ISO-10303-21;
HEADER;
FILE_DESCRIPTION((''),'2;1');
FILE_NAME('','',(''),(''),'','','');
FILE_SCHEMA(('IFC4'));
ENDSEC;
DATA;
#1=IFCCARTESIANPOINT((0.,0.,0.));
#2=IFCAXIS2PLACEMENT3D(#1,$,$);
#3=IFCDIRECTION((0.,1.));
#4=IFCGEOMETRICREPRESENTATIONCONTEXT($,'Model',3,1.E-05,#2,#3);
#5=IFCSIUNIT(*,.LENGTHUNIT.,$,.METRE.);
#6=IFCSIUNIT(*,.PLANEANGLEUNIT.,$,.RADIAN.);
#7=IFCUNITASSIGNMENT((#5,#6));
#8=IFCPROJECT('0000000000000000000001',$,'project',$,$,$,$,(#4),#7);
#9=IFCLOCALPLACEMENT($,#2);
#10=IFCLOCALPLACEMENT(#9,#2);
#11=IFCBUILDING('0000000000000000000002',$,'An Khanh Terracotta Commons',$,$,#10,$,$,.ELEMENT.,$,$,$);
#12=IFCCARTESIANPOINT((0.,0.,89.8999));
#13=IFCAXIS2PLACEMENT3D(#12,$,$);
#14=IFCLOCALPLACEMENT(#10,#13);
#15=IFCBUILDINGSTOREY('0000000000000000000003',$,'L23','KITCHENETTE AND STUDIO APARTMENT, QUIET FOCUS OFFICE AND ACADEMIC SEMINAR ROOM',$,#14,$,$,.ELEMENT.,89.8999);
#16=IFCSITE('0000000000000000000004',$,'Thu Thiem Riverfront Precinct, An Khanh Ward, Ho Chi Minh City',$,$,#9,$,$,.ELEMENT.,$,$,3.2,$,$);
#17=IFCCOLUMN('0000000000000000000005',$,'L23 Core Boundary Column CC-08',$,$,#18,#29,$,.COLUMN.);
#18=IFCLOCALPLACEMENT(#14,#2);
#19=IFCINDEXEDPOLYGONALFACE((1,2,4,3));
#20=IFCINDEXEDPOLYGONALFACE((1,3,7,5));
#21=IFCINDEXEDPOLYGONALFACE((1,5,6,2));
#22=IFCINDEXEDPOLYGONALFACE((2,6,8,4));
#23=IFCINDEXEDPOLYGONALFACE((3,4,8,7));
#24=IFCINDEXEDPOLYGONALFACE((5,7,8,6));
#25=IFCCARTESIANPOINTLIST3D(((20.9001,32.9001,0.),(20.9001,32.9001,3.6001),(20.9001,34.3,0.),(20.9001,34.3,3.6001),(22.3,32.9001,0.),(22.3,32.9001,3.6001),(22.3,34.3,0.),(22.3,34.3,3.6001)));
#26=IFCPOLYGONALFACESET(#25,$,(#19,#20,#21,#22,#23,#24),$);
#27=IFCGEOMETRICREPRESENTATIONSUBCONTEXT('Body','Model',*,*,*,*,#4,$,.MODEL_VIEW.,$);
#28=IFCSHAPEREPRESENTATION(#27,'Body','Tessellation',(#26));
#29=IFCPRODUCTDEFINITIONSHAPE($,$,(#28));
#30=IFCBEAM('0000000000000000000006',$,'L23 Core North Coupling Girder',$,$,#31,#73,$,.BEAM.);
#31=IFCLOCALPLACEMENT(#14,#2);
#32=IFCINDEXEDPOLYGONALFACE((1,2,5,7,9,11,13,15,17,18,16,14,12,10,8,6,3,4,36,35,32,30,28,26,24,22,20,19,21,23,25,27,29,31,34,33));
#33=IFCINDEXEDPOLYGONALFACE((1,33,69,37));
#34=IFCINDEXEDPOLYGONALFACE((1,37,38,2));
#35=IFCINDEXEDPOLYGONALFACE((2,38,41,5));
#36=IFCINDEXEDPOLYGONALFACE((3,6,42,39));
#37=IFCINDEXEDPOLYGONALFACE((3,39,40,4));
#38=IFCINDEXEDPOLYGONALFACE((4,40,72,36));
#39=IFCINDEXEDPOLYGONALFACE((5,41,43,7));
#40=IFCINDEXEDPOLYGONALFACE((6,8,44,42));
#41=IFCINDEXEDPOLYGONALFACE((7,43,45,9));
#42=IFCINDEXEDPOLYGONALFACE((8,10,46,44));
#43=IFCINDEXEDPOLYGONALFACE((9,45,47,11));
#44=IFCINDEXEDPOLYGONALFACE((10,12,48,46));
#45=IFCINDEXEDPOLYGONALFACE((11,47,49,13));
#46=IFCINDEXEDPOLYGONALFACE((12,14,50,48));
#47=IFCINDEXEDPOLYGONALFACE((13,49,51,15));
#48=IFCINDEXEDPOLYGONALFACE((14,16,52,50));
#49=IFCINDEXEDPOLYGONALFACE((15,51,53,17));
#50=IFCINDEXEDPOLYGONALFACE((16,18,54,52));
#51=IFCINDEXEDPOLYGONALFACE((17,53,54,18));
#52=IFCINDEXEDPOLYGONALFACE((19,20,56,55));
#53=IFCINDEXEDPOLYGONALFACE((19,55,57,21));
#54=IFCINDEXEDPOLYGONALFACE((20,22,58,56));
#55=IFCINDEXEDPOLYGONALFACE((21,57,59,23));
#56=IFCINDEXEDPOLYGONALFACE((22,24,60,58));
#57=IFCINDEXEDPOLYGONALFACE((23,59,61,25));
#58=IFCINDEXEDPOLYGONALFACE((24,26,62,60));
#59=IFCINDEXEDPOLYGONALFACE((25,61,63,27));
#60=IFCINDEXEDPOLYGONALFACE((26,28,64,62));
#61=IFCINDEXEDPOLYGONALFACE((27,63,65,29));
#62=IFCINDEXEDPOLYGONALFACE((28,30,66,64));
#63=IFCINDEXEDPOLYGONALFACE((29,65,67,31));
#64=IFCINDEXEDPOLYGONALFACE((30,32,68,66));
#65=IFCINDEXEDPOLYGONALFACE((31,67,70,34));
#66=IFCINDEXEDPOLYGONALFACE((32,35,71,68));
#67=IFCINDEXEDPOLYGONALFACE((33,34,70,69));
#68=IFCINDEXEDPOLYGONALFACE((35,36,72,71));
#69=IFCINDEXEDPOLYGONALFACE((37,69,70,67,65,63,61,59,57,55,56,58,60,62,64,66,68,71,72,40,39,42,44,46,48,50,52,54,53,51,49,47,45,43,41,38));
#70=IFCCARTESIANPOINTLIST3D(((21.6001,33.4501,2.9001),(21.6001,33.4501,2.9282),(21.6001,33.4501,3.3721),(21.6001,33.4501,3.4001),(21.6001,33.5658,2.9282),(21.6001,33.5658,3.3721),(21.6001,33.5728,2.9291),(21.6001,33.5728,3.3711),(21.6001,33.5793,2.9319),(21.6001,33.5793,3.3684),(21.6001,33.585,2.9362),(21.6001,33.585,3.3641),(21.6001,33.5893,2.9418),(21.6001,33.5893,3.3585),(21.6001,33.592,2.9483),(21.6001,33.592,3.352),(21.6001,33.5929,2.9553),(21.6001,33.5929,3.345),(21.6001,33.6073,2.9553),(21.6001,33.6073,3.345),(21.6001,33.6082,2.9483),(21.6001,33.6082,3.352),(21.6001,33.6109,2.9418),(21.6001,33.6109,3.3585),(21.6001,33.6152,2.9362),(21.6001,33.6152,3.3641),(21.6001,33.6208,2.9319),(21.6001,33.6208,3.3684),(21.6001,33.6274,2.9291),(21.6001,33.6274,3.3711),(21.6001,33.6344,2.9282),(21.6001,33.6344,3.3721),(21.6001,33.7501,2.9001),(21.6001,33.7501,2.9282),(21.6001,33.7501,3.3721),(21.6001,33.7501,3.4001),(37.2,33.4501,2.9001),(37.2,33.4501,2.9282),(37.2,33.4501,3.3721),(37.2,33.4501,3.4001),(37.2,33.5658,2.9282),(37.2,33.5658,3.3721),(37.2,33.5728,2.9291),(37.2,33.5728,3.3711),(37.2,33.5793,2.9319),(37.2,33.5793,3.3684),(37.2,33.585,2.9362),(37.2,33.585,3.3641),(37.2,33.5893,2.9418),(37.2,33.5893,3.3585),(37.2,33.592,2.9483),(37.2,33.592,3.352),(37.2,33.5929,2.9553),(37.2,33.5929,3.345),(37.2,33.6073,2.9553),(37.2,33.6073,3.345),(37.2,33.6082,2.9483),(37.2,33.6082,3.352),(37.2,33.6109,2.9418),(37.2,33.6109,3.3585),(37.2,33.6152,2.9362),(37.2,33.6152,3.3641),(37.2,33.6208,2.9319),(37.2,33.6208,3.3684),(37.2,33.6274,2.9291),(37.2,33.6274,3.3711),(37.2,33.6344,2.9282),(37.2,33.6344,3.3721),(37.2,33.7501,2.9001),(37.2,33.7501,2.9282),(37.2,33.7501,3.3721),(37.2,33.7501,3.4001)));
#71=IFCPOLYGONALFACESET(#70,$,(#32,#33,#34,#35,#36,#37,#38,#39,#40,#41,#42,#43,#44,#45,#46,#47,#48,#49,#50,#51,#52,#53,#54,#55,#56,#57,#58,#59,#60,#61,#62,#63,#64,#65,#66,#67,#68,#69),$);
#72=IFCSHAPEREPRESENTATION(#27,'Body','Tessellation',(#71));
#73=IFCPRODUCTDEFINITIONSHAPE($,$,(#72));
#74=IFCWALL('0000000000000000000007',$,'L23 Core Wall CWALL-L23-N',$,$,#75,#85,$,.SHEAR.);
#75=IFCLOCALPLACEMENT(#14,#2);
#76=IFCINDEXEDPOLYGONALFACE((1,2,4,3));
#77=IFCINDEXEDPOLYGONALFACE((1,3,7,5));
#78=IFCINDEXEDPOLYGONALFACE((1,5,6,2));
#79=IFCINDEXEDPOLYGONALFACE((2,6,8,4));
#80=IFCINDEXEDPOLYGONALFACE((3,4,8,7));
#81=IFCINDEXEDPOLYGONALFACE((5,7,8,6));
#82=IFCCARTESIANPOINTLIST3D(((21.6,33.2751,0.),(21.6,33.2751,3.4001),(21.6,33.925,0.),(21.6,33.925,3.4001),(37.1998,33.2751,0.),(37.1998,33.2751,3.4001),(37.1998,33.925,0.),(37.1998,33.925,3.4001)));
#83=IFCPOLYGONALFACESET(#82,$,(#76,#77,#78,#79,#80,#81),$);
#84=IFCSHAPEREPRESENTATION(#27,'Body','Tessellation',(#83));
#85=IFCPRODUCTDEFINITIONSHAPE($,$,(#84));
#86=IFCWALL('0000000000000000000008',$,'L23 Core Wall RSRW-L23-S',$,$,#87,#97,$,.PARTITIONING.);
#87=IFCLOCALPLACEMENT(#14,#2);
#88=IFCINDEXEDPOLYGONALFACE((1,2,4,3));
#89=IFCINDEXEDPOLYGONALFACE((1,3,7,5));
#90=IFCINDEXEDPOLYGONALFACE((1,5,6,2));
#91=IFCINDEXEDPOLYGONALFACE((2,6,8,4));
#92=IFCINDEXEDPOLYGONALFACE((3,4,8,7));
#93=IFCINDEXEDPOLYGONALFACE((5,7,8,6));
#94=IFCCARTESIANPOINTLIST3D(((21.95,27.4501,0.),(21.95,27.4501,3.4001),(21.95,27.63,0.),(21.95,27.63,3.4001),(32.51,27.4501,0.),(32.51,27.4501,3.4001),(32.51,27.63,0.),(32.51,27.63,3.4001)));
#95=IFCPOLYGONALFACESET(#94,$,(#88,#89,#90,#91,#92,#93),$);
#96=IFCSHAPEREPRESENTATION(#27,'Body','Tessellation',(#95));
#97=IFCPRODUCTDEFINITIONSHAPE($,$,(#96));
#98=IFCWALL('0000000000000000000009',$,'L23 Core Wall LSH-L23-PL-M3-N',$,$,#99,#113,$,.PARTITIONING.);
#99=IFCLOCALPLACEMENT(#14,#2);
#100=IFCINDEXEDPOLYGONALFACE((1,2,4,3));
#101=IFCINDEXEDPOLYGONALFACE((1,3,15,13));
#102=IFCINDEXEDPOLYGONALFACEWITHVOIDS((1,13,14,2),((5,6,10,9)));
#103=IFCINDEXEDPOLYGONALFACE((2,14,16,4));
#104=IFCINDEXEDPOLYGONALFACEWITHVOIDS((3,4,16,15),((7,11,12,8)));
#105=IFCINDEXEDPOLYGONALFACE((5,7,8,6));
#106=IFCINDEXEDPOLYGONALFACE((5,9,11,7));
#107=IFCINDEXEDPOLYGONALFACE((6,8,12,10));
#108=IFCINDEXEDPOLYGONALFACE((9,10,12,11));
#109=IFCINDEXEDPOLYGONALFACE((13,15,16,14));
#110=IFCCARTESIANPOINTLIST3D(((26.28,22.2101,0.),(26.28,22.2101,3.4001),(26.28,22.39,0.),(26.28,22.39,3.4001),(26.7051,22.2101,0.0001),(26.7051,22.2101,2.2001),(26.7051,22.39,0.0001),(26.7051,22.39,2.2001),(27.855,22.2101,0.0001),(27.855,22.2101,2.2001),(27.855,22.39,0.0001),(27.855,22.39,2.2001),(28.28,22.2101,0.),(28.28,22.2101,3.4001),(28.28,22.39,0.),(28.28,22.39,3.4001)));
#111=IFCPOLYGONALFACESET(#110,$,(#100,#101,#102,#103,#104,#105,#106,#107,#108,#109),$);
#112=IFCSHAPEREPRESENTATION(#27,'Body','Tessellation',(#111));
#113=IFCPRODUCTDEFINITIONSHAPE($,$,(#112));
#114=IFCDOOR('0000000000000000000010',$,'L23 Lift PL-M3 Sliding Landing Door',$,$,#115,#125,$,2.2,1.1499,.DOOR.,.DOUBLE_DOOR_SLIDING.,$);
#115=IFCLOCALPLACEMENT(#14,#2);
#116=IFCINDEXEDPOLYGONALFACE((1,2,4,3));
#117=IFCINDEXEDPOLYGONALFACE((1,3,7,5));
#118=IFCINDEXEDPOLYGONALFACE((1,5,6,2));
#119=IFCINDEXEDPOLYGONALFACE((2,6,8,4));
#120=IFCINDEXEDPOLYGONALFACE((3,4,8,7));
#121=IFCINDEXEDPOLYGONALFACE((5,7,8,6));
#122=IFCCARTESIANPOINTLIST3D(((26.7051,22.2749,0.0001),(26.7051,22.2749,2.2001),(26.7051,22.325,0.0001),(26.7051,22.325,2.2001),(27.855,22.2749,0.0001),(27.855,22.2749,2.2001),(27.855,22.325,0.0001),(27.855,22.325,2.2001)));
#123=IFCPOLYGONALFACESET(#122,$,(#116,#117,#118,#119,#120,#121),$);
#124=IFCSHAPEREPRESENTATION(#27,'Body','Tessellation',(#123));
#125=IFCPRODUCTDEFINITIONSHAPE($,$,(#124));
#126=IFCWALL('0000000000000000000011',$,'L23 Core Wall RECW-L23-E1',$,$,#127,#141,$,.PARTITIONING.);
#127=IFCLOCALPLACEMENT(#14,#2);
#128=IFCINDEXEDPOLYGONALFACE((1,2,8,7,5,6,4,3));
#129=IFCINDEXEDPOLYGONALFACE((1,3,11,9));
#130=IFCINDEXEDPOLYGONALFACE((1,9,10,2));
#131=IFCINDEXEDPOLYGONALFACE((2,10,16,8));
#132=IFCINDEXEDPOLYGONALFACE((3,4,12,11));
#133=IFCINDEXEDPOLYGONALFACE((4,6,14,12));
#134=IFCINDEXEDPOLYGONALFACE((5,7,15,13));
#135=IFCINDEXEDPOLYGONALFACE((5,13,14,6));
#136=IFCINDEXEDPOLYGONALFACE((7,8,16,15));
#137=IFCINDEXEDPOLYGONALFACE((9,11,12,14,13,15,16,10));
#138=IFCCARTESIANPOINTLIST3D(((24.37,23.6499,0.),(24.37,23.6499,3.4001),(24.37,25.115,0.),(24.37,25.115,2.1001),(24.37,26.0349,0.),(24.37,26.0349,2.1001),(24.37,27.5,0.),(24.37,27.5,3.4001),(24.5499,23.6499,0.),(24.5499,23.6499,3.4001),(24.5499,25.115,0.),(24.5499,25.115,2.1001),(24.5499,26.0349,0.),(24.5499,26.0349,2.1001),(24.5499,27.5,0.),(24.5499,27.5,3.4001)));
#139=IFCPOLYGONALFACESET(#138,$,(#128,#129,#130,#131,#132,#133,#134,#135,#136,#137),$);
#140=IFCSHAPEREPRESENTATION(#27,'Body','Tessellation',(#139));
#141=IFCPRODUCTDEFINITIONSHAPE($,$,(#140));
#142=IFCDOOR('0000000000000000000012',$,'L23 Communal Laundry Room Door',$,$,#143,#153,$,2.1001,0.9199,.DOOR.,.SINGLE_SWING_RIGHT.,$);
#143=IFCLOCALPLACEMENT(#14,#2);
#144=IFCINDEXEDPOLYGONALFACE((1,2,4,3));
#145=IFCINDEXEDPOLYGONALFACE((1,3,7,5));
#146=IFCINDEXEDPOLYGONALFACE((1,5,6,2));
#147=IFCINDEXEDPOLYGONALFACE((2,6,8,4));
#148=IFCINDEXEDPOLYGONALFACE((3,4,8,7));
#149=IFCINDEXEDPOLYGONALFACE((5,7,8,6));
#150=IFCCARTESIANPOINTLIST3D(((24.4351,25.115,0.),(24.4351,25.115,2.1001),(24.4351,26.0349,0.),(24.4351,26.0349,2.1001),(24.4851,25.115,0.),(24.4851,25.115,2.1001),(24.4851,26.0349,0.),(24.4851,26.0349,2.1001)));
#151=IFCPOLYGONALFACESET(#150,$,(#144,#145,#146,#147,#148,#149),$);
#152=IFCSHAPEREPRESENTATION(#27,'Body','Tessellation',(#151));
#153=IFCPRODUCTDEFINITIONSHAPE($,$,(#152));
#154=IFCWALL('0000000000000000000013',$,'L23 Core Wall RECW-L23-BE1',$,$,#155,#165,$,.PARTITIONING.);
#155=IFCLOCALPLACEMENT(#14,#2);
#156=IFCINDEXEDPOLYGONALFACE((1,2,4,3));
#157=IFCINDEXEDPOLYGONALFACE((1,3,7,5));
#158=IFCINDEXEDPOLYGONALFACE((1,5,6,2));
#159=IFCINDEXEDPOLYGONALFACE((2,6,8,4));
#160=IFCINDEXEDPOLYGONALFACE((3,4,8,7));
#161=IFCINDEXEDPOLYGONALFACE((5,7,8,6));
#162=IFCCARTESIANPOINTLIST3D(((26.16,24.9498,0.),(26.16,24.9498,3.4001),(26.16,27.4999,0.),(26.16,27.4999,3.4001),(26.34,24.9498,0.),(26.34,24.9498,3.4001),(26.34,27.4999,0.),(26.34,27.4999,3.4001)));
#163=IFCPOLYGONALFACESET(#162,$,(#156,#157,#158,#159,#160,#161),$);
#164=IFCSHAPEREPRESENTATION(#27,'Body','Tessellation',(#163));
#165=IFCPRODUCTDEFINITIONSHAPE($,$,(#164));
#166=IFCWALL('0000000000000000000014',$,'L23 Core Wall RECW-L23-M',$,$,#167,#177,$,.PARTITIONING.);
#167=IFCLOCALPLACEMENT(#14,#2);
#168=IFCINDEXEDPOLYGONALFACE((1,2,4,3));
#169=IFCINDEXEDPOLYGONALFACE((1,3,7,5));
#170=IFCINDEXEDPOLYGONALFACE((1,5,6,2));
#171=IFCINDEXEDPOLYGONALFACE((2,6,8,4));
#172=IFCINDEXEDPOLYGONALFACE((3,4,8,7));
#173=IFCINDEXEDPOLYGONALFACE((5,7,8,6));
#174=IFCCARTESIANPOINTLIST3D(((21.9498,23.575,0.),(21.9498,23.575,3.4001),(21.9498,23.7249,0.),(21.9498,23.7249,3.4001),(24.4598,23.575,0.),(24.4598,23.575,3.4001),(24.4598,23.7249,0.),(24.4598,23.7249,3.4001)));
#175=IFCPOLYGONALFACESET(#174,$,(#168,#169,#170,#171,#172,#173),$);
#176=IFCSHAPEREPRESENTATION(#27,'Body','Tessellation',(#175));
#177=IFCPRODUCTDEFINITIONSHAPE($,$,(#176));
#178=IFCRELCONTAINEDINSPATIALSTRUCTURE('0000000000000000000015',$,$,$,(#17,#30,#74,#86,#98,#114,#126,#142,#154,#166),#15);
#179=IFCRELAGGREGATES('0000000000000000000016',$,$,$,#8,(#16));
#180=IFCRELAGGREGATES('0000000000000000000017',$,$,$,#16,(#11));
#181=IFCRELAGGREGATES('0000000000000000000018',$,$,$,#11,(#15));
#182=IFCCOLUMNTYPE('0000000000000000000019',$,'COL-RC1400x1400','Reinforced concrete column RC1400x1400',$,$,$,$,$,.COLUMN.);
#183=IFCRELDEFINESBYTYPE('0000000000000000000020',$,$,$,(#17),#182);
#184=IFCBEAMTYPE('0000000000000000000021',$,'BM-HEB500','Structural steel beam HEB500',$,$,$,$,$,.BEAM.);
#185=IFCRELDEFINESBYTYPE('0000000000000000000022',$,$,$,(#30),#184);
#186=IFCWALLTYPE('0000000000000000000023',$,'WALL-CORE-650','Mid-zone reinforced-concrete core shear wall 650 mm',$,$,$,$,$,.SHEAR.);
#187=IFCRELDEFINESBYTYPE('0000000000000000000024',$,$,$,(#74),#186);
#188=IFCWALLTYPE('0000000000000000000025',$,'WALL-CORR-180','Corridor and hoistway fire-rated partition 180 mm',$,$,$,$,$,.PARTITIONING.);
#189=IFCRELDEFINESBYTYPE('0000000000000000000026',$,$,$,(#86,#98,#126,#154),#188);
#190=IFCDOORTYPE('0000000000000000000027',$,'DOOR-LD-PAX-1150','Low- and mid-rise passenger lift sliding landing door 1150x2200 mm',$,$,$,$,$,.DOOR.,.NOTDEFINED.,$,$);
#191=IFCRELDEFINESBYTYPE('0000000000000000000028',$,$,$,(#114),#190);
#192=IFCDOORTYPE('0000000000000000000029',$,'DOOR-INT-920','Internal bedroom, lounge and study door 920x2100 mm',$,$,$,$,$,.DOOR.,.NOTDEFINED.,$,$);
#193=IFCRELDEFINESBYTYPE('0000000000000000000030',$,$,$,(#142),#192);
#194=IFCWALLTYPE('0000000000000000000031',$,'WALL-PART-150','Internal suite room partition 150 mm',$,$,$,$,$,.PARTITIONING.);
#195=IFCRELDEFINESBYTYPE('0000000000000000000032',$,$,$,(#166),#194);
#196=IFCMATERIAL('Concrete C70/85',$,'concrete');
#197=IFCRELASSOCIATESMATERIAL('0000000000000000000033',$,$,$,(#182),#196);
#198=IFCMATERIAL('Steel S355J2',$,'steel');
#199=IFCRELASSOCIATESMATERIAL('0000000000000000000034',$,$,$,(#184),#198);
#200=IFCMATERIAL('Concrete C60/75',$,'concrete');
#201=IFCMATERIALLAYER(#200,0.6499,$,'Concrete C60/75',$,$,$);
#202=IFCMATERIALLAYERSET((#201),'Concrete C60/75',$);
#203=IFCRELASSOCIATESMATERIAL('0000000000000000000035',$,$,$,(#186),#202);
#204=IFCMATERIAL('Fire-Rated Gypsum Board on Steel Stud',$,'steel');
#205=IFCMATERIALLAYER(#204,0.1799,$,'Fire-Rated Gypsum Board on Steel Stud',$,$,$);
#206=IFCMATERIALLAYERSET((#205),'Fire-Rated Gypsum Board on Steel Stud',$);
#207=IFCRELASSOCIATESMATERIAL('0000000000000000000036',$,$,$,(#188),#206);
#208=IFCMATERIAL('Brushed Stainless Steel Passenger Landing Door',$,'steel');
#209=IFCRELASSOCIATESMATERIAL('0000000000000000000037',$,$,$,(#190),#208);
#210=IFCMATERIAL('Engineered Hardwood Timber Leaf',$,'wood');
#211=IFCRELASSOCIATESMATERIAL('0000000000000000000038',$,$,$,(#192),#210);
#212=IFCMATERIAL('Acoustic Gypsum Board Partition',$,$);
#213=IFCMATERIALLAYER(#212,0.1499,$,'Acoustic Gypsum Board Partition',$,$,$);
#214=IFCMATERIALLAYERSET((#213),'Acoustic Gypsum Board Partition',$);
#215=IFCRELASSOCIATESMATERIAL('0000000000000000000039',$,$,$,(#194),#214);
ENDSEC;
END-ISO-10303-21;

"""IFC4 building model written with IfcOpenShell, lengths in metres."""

from ifc_helpers import new_model, si_unit, direction, frame, frame_2d, origin, origin_2d, place, context, subcontext, project, spatial, rectangle, i_section, extrude, material, layer, layer_set, material_profile, profile_set, type_object, element, fill, save


model = new_model("IFC4")

# Units and contexts
model_context = context("Model", 3, precision=1e-05, world=origin(), true_north=direction((0.0, 1.0)))
body_context = subcontext(model_context, "Body", "Model", "MODEL_VIEW")
ifc_project = project(units=[si_unit("LENGTHUNIT", "METRE"), si_unit("PLANEANGLEUNIT", "RADIAN")], contexts=[model_context])

# Site, building, storey
site_placement = place(None, origin())
site = spatial("IfcSite", under=ifc_project, at=site_placement, Name="Thu Thiem Riverfront Precinct, An Khanh Ward, Ho Chi Minh City", CompositionType="ELEMENT", RefElevation=3.2)
building_placement = place(site_placement, origin())
building = spatial("IfcBuilding", under=site, at=building_placement, Name="An Khanh Terracotta Commons", CompositionType="ELEMENT")
storey_placement = place(building_placement, frame((0.0, 0.0, 89.8999)))
storey = spatial("IfcBuildingStorey", under=building, at=storey_placement, Name="L23", Description="KITCHENETTE AND STUDIO APARTMENT, QUIET FOCUS OFFICE AND ACADEMIC SEMINAR ROOM", CompositionType="ELEMENT", Elevation=89.8999)

# Column
ifc_material_1 = material(Name="Concrete C70/85", Category="concrete")
ifc_material_profile_1 = material_profile(ifc_material_1, rectangle(XDim=1.3999, YDim=1.3999, at=origin_2d()), Name="RC1400x1400")
ifc_profile_set_1 = profile_set([ifc_material_profile_1], Name="Concrete C70/85")
column_type = type_object("IfcColumnType", Name="COL-RC1400x1400", Description="Reinforced concrete column RC1400x1400", PredefinedType="COLUMN", material=ifc_profile_set_1)
column_placement = place(storey_placement, frame((21.6001, 33.6001, 0.0), z_axis=(0.0, 0.0, 1.0), x_axis=(1.0, 0.0, 0.0)))
element("IfcColumn", 1, at=column_placement, inside=storey, type_object=column_type, Name="L23 Core Boundary Column CC-08", PredefinedType="COLUMN", context=body_context, shape_type="SweptSolid", body=[
    extrude(rectangle(XDim=1.3999, YDim=1.3999, at=origin_2d()), origin(), (0.0, 0.0, 1.0), 3.6001),
])

# Beam
ifc_material_2 = material(Name="Steel S355J2", Category="steel")
ifc_material_profile_2 = material_profile(ifc_material_2, i_section(OverallWidth=0.3, OverallDepth=0.5, WebThickness=0.0144, FlangeThickness=0.0281, FilletRadius=0.0271, at=origin_2d()), Name="HEB500")
ifc_profile_set_2 = profile_set([ifc_material_profile_2], Name="Steel S355J2")
beam_type = type_object("IfcBeamType", Name="BM-HEB500", Description="Structural steel beam HEB500", PredefinedType="BEAM", material=ifc_profile_set_2)
beam_placement = place(storey_placement, frame((21.6001, 33.6001, 3.1501), z_axis=(1.0, 0.0, 0.0), x_axis=(0.0, 1.0, 0.0)))
element("IfcBeam", 2, at=beam_placement, inside=storey, type_object=beam_type, Name="L23 Core North Coupling Girder", PredefinedType="BEAM", context=body_context, shape_type="SweptSolid", body=[
    extrude(i_section(OverallWidth=0.3, OverallDepth=0.5, WebThickness=0.0144, FlangeThickness=0.0281, FilletRadius=0.0271, at=origin_2d()), origin(), (0.0, 0.0, 1.0), 15.5999),
])

# Walls
ifc_material_3 = material(Name="Concrete C60/75", Category="concrete")
ifc_layer_1 = layer(ifc_material_3, 0.6499, Name="Concrete C60/75")
ifc_layer_set_1 = layer_set([ifc_layer_1], Name="Concrete C60/75")
wall_type_1 = type_object("IfcWallType", Name="WALL-CORE-650", Description="Mid-zone reinforced-concrete core shear wall 650 mm", PredefinedType="SHEAR", material=ifc_layer_set_1)
wall_1_placement = place(storey_placement, frame((21.6001, 33.6001, 0.0), z_axis=(0.0, 0.0, 1.0), x_axis=(1.0, 0.0, 0.0)))
element("IfcWall", 3, at=wall_1_placement, inside=storey, type_object=wall_type_1, Name="L23 Core Wall CWALL-L23-N", PredefinedType="SHEAR", context=body_context, shape_type="SweptSolid", body=[
    extrude(rectangle(XDim=15.5999, YDim=0.6499, at=frame_2d((7.7998, 0.0))), origin(), (0.0, 0.0, 1.0), 3.4001),
])
ifc_material_4 = material(Name="Fire-Rated Gypsum Board on Steel Stud", Category="steel")
ifc_layer_2 = layer(ifc_material_4, 0.1799, Name="Fire-Rated Gypsum Board on Steel Stud")
ifc_layer_set_2 = layer_set([ifc_layer_2], Name="Fire-Rated Gypsum Board on Steel Stud")
wall_type_2 = type_object("IfcWallType", Name="WALL-CORR-180", Description="Corridor and hoistway fire-rated partition 180 mm", PredefinedType="PARTITIONING", material=ifc_layer_set_2)
wall_2_placement = place(storey_placement, frame((21.95, 27.54, 0.0), z_axis=(0.0, 0.0, 1.0), x_axis=(1.0, 0.0, 0.0)))
element("IfcWall", 4, at=wall_2_placement, inside=storey, type_object=wall_type_2, Name="L23 Core Wall RSRW-L23-S", PredefinedType="PARTITIONING", context=body_context, shape_type="SweptSolid", body=[
    extrude(rectangle(XDim=10.5601, YDim=0.1799, at=frame_2d((5.28, 0.0))), origin(), (0.0, 0.0, 1.0), 3.4001),
])

# Walls, openings, doors
wall_3_placement = place(storey_placement, frame((26.28, 22.3, 0.0), z_axis=(0.0, 0.0, 1.0), x_axis=(1.0, 0.0, 0.0)))
wall_3 = element("IfcWall", 5, at=wall_3_placement, inside=storey, type_object=wall_type_2, Name="L23 Core Wall LSH-L23-PL-M3-N", PredefinedType="PARTITIONING", context=body_context, shape_type="SweptSolid", body=[
    extrude(rectangle(XDim=2.0, YDim=0.1799, at=frame_2d((1.0, 0.0))), origin(), (0.0, 0.0, 1.0), 3.4001),
])
opening_1_placement = place(wall_3_placement, frame((0.425, 0.0, 0.0)))
opening_1 = element("IfcOpeningElement", 6, at=opening_1_placement, cuts=wall_3, PredefinedType="OPENING", context=body_context, shape_type="SweptSolid", body=[
    extrude(rectangle(XDim=1.1499, YDim=2.2, at=frame_2d((0.575, 1.1001))), frame((0.0, 0.0999, 0.0), z_axis=(0.0, -1.0, 0.0), x_axis=(1.0, 0.0, 0.0)), (0.0, 0.0, 1.0), 0.2),
])
ifc_material_5 = material(Name="Brushed Stainless Steel Passenger Landing Door", Category="steel")
door_type_1 = type_object("IfcDoorType", Name="DOOR-LD-PAX-1150", Description="Low- and mid-rise passenger lift sliding landing door 1150x2200 mm", OperationType="NOTDEFINED", PredefinedType="DOOR", material=ifc_material_5)
door_1_placement = place(opening_1_placement, origin())
door_1 = element("IfcDoor", 7, at=door_1_placement, inside=storey, type_object=door_type_1, Name="L23 Lift PL-M3 Sliding Landing Door", OperationType="DOUBLE_DOOR_SLIDING", OverallHeight=2.2, OverallWidth=1.1499, PredefinedType="DOOR", context=body_context, shape_type="SweptSolid", body=[
    extrude(rectangle(XDim=1.1499, YDim=2.2, at=frame_2d((0.575, 1.1001))), frame((0.0, 0.0249, 0.0), z_axis=(0.0, -1.0, 0.0), x_axis=(1.0, 0.0, 0.0)), (0.0, 0.0, 1.0), 0.05),
])
fill(opening_1, door_1)
wall_4_placement = place(storey_placement, frame((24.46, 23.6499, 0.0), z_axis=(0.0, 0.0, 1.0), x_axis=(0.0, 1.0, 0.0)))
wall_4 = element("IfcWall", 8, at=wall_4_placement, inside=storey, type_object=wall_type_2, Name="L23 Core Wall RECW-L23-E1", PredefinedType="PARTITIONING", context=body_context, shape_type="SweptSolid", body=[
    extrude(rectangle(XDim=3.8501, YDim=0.1799, at=frame_2d((1.925, 0.0))), origin(), (0.0, 0.0, 1.0), 3.4001),
])
opening_2_placement = place(wall_4_placement, frame((1.4651, 0.0, 0.0)))
opening_2 = element("IfcOpeningElement", 9, at=opening_2_placement, cuts=wall_4, PredefinedType="OPENING", context=body_context, shape_type="SweptSolid", body=[
    extrude(rectangle(XDim=0.9199, YDim=2.1001, at=frame_2d((0.46, 1.05))), frame((0.0, 0.0999, 0.0), z_axis=(0.0, -1.0, 0.0), x_axis=(1.0, 0.0, 0.0)), (0.0, 0.0, 1.0), 0.2),
])
ifc_material_6 = material(Name="Engineered Hardwood Timber Leaf", Category="wood")
door_type_2 = type_object("IfcDoorType", Name="DOOR-INT-920", Description="Internal bedroom, lounge and study door 920x2100 mm", OperationType="NOTDEFINED", PredefinedType="DOOR", material=ifc_material_6)
door_2_placement = place(opening_2_placement, origin())
door_2 = element("IfcDoor", 10, at=door_2_placement, inside=storey, type_object=door_type_2, Name="L23 Communal Laundry Room Door", OperationType="SINGLE_SWING_RIGHT", OverallHeight=2.1001, OverallWidth=0.9199, PredefinedType="DOOR", context=body_context, shape_type="SweptSolid", body=[
    extrude(rectangle(XDim=0.9199, YDim=2.1001, at=frame_2d((0.46, 1.05))), frame((0.0, 0.0249, 0.0), z_axis=(0.0, -1.0, 0.0), x_axis=(1.0, 0.0, 0.0)), (0.0, 0.0, 1.0), 0.05),
])
fill(opening_2, door_2)

# Walls
wall_5_placement = place(storey_placement, frame((26.25, 24.95, 0.0), z_axis=(0.0, 0.0, 1.0), x_axis=(0.0, 1.0, 0.0)))
element("IfcWall", 11, at=wall_5_placement, inside=storey, type_object=wall_type_2, Name="L23 Core Wall RECW-L23-BE1", PredefinedType="PARTITIONING", context=body_context, shape_type="SweptSolid", body=[
    extrude(rectangle(XDim=2.55, YDim=0.1799, at=frame_2d((1.2749, 0.0))), origin(), (0.0, 0.0, 1.0), 3.4001),
])
ifc_material_7 = material(Name="Acoustic Gypsum Board Partition")
ifc_layer_3 = layer(ifc_material_7, 0.1499, Name="Acoustic Gypsum Board Partition")
ifc_layer_set_3 = layer_set([ifc_layer_3], Name="Acoustic Gypsum Board Partition")
wall_type_3 = type_object("IfcWallType", Name="WALL-PART-150", Description="Internal suite room partition 150 mm", PredefinedType="PARTITIONING", material=ifc_layer_set_3)
wall_6_placement = place(storey_placement, frame((21.95, 23.6499, 0.0), z_axis=(0.0, 0.0, 1.0), x_axis=(1.0, 0.0, 0.0)))
element("IfcWall", 12, at=wall_6_placement, inside=storey, type_object=wall_type_3, Name="L23 Core Wall RECW-L23-M", PredefinedType="PARTITIONING", context=body_context, shape_type="SweptSolid", body=[
    extrude(rectangle(XDim=2.51, YDim=0.1499, at=frame_2d((1.2549, 0.0))), origin(), (0.0, 0.0, 1.0), 3.4001),
])

save(model, "model.ifc")
